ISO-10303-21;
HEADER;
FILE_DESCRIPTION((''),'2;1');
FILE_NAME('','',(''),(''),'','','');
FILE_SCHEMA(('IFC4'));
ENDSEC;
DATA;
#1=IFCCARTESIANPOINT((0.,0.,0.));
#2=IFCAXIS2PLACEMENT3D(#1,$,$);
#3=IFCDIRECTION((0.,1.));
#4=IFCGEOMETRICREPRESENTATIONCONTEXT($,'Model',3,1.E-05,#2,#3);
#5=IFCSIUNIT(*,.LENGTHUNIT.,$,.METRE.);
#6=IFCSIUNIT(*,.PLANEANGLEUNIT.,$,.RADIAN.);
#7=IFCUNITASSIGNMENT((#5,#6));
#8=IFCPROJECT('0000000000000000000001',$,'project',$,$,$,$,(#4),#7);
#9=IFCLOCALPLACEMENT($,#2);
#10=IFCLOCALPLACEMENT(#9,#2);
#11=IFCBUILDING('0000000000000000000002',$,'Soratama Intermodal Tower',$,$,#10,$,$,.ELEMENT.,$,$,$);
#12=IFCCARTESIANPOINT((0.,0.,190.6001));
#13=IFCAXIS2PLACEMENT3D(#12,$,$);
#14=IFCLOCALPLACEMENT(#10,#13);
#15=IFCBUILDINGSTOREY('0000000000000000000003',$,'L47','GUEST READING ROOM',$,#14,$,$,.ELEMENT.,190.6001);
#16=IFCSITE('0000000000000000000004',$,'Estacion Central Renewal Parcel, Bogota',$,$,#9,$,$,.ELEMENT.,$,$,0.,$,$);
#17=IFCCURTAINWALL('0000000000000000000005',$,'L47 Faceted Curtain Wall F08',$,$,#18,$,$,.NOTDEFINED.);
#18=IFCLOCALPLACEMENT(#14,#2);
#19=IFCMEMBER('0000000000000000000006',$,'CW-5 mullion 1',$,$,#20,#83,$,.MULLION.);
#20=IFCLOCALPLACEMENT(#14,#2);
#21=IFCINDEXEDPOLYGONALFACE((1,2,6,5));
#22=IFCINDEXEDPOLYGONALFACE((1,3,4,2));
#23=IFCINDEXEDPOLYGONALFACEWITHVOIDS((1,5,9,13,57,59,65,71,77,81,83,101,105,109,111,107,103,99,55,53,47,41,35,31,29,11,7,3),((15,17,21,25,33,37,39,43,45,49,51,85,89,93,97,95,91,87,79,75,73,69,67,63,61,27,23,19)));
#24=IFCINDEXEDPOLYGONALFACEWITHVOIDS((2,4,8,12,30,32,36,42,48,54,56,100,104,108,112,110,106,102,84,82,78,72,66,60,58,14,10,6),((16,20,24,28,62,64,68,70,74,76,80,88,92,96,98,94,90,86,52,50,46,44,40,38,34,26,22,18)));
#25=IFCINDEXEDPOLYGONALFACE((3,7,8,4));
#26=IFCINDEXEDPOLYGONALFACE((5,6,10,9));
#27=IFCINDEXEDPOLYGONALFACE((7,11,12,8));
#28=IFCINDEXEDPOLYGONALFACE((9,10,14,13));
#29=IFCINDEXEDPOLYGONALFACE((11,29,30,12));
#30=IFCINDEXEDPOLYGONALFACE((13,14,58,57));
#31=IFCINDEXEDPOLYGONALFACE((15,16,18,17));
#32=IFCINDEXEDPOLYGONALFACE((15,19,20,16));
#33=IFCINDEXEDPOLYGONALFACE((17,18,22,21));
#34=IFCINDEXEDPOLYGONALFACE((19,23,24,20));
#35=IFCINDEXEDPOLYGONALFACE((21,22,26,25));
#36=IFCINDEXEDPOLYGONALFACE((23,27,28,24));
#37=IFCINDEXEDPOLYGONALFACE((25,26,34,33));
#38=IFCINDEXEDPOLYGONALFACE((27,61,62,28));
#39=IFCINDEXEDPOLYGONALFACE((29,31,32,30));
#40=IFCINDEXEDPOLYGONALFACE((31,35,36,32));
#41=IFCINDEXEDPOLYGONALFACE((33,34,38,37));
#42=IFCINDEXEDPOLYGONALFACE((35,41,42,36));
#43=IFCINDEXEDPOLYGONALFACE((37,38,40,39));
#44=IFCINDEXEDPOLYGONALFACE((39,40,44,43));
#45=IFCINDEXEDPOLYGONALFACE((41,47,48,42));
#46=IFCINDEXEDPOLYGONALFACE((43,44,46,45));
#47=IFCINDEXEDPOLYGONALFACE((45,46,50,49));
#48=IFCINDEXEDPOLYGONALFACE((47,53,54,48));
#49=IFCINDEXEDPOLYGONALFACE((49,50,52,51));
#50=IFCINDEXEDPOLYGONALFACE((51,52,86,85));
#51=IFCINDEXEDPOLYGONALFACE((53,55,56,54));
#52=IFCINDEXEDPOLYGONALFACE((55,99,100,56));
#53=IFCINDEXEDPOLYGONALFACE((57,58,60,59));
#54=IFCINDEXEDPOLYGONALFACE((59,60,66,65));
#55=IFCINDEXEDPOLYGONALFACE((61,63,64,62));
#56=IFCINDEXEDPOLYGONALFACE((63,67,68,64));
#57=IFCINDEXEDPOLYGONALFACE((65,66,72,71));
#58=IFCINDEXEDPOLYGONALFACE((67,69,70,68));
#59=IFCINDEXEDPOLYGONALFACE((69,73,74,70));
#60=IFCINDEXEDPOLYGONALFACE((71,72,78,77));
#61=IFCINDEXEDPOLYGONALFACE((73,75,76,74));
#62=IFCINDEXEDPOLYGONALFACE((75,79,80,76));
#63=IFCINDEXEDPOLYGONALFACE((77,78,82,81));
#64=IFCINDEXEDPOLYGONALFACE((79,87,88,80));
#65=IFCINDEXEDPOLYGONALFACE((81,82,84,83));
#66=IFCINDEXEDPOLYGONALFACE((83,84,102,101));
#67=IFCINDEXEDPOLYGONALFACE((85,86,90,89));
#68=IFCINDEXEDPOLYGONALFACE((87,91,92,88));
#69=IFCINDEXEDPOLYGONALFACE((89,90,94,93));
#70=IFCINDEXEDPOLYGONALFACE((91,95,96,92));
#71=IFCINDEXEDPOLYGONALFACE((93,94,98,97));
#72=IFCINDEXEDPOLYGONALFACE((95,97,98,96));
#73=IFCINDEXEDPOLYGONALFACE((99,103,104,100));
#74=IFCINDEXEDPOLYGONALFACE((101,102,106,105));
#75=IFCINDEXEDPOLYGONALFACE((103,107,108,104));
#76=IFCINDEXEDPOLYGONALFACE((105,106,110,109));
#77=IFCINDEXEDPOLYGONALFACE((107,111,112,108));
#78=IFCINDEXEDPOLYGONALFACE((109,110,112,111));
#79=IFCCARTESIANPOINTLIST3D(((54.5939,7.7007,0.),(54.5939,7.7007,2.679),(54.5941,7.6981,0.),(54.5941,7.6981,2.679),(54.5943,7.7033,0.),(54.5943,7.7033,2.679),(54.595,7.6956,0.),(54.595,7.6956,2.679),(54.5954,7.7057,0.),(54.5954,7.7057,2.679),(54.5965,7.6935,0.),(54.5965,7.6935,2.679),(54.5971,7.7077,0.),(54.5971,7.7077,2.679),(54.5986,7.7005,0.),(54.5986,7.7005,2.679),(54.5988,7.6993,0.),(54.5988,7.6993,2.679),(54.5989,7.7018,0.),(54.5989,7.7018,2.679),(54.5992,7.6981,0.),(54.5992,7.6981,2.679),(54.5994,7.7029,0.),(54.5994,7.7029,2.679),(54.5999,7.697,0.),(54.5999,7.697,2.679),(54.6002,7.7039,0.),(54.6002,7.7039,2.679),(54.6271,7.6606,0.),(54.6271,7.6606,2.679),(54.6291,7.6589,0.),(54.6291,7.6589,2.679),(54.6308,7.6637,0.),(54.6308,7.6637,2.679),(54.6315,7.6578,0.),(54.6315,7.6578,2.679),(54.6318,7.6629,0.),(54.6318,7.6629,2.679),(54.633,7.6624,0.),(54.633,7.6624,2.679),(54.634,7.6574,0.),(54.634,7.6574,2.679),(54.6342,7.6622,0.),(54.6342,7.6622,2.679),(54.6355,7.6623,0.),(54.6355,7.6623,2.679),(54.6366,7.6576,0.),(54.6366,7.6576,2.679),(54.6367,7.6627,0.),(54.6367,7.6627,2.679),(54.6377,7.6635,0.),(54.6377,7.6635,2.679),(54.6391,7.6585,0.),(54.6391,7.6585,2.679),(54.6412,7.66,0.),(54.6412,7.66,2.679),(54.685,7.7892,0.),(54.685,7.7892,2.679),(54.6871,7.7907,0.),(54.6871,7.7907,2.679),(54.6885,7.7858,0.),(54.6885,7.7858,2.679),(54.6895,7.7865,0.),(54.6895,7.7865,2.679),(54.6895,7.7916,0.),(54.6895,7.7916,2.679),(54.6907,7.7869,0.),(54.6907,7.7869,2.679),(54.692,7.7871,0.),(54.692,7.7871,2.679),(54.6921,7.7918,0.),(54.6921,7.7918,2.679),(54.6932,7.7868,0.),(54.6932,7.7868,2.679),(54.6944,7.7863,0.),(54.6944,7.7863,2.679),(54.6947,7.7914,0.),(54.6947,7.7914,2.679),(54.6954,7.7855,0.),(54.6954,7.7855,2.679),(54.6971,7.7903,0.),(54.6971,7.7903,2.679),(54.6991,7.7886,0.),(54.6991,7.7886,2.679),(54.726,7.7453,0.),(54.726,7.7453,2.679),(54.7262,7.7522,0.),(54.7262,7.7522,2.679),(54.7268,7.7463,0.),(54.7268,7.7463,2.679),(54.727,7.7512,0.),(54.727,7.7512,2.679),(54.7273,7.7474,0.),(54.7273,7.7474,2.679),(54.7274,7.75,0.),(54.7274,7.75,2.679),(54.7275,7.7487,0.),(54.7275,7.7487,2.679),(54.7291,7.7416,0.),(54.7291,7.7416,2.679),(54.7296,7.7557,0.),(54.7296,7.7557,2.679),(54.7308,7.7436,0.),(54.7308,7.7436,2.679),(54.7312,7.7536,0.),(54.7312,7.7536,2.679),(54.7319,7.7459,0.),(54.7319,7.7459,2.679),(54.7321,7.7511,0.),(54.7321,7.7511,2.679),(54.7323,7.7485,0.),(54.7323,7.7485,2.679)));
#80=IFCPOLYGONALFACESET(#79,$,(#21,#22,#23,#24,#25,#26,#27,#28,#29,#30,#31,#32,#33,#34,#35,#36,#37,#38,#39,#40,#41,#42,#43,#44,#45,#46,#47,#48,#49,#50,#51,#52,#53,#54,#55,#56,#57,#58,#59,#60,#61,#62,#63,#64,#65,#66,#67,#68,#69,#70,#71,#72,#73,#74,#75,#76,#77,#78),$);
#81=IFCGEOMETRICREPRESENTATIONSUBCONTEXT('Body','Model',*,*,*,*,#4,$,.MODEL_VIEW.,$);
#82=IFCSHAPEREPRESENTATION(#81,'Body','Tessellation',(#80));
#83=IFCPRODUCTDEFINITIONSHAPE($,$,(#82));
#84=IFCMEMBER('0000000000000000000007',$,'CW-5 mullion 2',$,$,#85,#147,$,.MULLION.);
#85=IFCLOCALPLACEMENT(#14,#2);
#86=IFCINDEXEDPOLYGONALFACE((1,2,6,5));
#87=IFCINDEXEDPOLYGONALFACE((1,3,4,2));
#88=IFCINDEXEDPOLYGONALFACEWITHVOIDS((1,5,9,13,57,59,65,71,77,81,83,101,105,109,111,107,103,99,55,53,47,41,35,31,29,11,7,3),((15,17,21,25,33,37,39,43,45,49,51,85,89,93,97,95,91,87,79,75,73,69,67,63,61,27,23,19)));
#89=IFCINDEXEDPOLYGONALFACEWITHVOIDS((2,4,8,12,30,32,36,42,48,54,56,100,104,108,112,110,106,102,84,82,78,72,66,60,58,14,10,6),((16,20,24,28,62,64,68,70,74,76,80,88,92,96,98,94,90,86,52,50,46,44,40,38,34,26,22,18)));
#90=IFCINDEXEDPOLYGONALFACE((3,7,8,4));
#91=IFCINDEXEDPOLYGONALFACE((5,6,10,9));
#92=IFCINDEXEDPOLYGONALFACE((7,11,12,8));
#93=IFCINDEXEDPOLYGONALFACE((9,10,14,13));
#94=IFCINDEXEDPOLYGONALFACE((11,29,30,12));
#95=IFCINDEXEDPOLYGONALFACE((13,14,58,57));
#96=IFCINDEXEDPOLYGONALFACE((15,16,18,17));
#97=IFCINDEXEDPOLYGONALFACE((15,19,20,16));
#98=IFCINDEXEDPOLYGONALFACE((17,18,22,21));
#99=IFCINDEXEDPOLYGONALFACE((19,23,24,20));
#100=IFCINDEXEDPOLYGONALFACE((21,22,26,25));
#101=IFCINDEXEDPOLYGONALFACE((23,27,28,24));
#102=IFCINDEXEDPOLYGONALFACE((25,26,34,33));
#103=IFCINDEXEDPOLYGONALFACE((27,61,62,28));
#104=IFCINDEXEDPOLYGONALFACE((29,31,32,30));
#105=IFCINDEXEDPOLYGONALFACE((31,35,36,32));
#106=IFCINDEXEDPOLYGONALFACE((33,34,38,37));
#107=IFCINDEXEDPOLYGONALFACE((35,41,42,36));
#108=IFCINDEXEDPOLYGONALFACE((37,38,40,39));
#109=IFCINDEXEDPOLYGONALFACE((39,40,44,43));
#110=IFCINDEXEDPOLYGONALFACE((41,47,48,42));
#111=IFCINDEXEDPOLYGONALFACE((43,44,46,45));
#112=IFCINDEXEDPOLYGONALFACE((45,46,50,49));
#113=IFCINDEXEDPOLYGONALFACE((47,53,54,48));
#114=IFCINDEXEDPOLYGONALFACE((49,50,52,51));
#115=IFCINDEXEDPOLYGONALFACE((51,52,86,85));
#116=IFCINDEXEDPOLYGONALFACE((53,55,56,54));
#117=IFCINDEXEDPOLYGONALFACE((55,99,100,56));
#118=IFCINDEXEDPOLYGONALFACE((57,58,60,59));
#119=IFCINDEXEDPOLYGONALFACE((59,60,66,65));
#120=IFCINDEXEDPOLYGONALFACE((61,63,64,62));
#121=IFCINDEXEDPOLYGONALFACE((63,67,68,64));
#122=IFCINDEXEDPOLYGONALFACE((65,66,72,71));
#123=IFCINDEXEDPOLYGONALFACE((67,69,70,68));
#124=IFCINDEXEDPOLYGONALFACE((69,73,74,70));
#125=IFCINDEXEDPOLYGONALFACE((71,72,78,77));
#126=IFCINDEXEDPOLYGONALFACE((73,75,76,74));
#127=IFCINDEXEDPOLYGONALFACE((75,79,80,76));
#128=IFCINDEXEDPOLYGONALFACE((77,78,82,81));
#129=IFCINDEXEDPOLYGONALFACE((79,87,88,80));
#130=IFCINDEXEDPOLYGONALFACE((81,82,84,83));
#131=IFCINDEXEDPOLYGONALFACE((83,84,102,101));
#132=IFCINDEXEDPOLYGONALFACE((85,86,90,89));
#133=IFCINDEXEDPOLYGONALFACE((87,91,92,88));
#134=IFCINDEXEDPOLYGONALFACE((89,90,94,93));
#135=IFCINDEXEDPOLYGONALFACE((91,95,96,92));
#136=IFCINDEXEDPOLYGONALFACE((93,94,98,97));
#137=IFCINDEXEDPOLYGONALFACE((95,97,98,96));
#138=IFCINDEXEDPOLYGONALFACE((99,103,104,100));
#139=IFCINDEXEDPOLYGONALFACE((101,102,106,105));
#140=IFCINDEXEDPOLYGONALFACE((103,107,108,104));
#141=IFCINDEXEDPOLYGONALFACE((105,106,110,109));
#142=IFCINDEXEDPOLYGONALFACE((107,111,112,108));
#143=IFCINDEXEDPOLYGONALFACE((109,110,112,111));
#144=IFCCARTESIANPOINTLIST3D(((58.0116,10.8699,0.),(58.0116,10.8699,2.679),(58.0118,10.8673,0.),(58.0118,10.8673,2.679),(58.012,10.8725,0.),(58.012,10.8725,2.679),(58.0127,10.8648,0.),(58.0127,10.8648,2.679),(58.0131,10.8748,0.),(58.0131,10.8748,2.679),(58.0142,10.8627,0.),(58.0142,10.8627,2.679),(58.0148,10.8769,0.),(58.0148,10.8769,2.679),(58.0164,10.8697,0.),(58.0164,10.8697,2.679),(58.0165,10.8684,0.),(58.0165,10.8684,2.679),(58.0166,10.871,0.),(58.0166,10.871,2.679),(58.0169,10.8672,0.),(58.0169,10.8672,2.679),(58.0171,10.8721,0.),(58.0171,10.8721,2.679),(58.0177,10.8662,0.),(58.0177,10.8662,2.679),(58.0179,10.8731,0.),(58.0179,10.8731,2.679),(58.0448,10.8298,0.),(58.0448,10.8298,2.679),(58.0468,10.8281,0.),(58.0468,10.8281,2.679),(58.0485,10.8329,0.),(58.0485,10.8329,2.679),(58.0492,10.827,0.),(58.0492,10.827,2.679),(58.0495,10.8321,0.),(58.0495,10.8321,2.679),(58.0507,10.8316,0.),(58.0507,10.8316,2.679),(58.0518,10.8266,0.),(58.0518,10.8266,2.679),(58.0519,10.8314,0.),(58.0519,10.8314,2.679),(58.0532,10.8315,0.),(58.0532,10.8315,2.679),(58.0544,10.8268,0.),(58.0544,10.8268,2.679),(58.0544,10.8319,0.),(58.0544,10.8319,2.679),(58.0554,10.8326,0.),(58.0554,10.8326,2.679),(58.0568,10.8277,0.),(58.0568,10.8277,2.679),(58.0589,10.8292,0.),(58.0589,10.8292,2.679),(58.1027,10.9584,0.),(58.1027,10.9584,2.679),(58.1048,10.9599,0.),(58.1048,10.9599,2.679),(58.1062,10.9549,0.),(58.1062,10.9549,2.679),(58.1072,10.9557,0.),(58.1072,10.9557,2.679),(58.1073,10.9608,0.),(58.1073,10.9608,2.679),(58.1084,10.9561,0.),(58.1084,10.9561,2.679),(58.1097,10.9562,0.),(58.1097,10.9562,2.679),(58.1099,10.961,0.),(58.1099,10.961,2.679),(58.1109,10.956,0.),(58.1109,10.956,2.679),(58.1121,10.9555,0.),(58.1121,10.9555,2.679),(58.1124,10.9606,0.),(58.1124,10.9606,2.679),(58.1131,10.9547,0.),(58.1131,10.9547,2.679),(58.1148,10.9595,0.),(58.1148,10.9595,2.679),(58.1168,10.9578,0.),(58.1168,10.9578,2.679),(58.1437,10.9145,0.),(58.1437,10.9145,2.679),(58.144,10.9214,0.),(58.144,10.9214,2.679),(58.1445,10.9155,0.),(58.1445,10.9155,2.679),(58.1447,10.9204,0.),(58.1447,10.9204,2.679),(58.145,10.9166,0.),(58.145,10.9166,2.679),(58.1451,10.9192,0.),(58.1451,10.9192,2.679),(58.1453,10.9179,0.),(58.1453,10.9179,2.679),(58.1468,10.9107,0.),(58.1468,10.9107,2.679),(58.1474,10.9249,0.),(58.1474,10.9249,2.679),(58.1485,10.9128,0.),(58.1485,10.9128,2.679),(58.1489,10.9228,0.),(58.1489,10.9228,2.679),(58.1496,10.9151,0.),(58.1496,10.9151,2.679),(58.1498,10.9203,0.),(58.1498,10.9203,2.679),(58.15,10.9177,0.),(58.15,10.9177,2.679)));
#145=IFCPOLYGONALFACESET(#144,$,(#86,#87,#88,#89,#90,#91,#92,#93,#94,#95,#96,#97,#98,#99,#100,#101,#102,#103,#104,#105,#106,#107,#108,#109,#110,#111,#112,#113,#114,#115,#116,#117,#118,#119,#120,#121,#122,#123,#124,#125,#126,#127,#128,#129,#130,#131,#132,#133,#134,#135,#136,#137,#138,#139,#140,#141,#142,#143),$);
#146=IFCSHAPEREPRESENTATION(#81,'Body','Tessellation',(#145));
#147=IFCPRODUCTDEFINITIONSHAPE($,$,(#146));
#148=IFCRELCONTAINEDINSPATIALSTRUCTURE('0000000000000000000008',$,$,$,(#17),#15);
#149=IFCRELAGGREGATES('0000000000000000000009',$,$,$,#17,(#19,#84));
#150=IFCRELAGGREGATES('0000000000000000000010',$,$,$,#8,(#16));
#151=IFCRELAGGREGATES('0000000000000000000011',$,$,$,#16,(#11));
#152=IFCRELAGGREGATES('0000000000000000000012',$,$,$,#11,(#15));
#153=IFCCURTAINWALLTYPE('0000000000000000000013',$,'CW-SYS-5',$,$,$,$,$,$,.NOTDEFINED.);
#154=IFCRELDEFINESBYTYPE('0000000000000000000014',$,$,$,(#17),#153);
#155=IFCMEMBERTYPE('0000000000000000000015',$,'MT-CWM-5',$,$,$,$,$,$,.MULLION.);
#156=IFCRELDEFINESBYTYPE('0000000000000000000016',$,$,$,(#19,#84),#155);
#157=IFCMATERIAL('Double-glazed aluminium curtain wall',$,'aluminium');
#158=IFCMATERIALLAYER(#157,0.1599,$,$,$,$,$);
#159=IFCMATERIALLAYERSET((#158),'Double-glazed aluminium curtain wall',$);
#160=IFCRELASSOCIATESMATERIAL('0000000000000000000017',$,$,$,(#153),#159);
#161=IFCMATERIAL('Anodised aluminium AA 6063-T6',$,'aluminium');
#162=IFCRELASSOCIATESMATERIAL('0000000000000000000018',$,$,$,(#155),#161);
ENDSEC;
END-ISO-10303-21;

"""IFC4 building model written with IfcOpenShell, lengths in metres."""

from ifc_helpers import new_model, si_unit, direction, frame, origin, origin_2d, place, context, subcontext, project, spatial, hollow_rectangle, extrude, material, layer, layer_set, material_profile, profile_set, type_object, element, aggregate, save


model = new_model("IFC4")

# Units and contexts
model_context = context("Model", 3, precision=1e-05, world=origin(), true_north=direction((0.0, 1.0)))
body_context = subcontext(model_context, "Body", "Model", "MODEL_VIEW")
ifc_project = project(units=[si_unit("LENGTHUNIT", "METRE"), si_unit("PLANEANGLEUNIT", "RADIAN")], contexts=[model_context])

# Site, building, storey
site_placement = place(None, origin())
site = spatial("IfcSite", under=ifc_project, at=site_placement, Name="Estacion Central Renewal Parcel, Bogota", CompositionType="ELEMENT", RefElevation=0.0)
building_placement = place(site_placement, origin())
building = spatial("IfcBuilding", under=site, at=building_placement, Name="Soratama Intermodal Tower", CompositionType="ELEMENT")
storey_placement = place(building_placement, frame((0.0, 0.0, 190.6001)))
storey = spatial("IfcBuildingStorey", under=building, at=storey_placement, Name="L47", Description="GUEST READING ROOM", CompositionType="ELEMENT", Elevation=190.6001)

# Curtain wall, members
ifc_material_1 = material(Name="Double-glazed aluminium curtain wall", Category="aluminium")
ifc_layer_1 = layer(ifc_material_1, 0.1599)
ifc_layer_set_1 = layer_set([ifc_layer_1], Name="Double-glazed aluminium curtain wall")
curtain_wall_type = type_object("IfcCurtainWallType", Name="CW-SYS-5", PredefinedType="NOTDEFINED", material=ifc_layer_set_1)
curtain_wall_placement = place(storey_placement, origin())
curtain_wall = element("IfcCurtainWall", 1, at=curtain_wall_placement, inside=storey, type_object=curtain_wall_type, Name="L47 Faceted Curtain Wall F08", PredefinedType="NOTDEFINED")
ifc_material_2 = material(Name="Anodised aluminium AA 6063-T6", Category="aluminium")
ifc_material_profile_1 = material_profile(ifc_material_2, hollow_rectangle(XDim=0.0649, YDim=0.1399, WallThickness=0.0049, InnerFilletRadius=0.0049, OuterFilletRadius=0.01, at=origin_2d()), Name="CWM140X65X5")
ifc_profile_set_1 = profile_set([ifc_material_profile_1], Name="Anodised aluminium AA 6063-T6")
member_type_1 = type_object("IfcMemberType", Name="MT-CWM-5", PredefinedType="MULLION", material=ifc_profile_set_1)
member_1_placement = place(storey_placement, frame((54.6631, 7.7246, 0.0), z_axis=(0.0, 0.0, 1.0), x_axis=(-0.679958, 0.733251, 0.0)))
member_1 = element("IfcMember", 2, at=member_1_placement, type_object=member_type_1, Name="CW-5 mullion 1", PredefinedType="MULLION", context=body_context, shape_type="SweptSolid", body=[
    extrude(hollow_rectangle(XDim=0.0649, YDim=0.1399, WallThickness=0.0049, InnerFilletRadius=0.0049, OuterFilletRadius=0.01, at=origin_2d()), origin(), (0.0, 0.0, 1.0), 2.679),
])
member_2_placement = place(storey_placement, frame((58.0808, 10.8938, 0.0), z_axis=(0.0, 0.0, 1.0), x_axis=(-0.679958, 0.733251, 0.0)))
member_2 = element("IfcMember", 3, at=member_2_placement, type_object=member_type_1, Name="CW-5 mullion 2", PredefinedType="MULLION", context=body_context, shape_type="SweptSolid", body=[
    extrude(hollow_rectangle(XDim=0.0649, YDim=0.1399, WallThickness=0.0049, InnerFilletRadius=0.0049, OuterFilletRadius=0.01, at=origin_2d()), origin(), (0.0, 0.0, 1.0), 2.679),
])
aggregate(curtain_wall, [member_1, member_2])

save(model, "model.ifc")
